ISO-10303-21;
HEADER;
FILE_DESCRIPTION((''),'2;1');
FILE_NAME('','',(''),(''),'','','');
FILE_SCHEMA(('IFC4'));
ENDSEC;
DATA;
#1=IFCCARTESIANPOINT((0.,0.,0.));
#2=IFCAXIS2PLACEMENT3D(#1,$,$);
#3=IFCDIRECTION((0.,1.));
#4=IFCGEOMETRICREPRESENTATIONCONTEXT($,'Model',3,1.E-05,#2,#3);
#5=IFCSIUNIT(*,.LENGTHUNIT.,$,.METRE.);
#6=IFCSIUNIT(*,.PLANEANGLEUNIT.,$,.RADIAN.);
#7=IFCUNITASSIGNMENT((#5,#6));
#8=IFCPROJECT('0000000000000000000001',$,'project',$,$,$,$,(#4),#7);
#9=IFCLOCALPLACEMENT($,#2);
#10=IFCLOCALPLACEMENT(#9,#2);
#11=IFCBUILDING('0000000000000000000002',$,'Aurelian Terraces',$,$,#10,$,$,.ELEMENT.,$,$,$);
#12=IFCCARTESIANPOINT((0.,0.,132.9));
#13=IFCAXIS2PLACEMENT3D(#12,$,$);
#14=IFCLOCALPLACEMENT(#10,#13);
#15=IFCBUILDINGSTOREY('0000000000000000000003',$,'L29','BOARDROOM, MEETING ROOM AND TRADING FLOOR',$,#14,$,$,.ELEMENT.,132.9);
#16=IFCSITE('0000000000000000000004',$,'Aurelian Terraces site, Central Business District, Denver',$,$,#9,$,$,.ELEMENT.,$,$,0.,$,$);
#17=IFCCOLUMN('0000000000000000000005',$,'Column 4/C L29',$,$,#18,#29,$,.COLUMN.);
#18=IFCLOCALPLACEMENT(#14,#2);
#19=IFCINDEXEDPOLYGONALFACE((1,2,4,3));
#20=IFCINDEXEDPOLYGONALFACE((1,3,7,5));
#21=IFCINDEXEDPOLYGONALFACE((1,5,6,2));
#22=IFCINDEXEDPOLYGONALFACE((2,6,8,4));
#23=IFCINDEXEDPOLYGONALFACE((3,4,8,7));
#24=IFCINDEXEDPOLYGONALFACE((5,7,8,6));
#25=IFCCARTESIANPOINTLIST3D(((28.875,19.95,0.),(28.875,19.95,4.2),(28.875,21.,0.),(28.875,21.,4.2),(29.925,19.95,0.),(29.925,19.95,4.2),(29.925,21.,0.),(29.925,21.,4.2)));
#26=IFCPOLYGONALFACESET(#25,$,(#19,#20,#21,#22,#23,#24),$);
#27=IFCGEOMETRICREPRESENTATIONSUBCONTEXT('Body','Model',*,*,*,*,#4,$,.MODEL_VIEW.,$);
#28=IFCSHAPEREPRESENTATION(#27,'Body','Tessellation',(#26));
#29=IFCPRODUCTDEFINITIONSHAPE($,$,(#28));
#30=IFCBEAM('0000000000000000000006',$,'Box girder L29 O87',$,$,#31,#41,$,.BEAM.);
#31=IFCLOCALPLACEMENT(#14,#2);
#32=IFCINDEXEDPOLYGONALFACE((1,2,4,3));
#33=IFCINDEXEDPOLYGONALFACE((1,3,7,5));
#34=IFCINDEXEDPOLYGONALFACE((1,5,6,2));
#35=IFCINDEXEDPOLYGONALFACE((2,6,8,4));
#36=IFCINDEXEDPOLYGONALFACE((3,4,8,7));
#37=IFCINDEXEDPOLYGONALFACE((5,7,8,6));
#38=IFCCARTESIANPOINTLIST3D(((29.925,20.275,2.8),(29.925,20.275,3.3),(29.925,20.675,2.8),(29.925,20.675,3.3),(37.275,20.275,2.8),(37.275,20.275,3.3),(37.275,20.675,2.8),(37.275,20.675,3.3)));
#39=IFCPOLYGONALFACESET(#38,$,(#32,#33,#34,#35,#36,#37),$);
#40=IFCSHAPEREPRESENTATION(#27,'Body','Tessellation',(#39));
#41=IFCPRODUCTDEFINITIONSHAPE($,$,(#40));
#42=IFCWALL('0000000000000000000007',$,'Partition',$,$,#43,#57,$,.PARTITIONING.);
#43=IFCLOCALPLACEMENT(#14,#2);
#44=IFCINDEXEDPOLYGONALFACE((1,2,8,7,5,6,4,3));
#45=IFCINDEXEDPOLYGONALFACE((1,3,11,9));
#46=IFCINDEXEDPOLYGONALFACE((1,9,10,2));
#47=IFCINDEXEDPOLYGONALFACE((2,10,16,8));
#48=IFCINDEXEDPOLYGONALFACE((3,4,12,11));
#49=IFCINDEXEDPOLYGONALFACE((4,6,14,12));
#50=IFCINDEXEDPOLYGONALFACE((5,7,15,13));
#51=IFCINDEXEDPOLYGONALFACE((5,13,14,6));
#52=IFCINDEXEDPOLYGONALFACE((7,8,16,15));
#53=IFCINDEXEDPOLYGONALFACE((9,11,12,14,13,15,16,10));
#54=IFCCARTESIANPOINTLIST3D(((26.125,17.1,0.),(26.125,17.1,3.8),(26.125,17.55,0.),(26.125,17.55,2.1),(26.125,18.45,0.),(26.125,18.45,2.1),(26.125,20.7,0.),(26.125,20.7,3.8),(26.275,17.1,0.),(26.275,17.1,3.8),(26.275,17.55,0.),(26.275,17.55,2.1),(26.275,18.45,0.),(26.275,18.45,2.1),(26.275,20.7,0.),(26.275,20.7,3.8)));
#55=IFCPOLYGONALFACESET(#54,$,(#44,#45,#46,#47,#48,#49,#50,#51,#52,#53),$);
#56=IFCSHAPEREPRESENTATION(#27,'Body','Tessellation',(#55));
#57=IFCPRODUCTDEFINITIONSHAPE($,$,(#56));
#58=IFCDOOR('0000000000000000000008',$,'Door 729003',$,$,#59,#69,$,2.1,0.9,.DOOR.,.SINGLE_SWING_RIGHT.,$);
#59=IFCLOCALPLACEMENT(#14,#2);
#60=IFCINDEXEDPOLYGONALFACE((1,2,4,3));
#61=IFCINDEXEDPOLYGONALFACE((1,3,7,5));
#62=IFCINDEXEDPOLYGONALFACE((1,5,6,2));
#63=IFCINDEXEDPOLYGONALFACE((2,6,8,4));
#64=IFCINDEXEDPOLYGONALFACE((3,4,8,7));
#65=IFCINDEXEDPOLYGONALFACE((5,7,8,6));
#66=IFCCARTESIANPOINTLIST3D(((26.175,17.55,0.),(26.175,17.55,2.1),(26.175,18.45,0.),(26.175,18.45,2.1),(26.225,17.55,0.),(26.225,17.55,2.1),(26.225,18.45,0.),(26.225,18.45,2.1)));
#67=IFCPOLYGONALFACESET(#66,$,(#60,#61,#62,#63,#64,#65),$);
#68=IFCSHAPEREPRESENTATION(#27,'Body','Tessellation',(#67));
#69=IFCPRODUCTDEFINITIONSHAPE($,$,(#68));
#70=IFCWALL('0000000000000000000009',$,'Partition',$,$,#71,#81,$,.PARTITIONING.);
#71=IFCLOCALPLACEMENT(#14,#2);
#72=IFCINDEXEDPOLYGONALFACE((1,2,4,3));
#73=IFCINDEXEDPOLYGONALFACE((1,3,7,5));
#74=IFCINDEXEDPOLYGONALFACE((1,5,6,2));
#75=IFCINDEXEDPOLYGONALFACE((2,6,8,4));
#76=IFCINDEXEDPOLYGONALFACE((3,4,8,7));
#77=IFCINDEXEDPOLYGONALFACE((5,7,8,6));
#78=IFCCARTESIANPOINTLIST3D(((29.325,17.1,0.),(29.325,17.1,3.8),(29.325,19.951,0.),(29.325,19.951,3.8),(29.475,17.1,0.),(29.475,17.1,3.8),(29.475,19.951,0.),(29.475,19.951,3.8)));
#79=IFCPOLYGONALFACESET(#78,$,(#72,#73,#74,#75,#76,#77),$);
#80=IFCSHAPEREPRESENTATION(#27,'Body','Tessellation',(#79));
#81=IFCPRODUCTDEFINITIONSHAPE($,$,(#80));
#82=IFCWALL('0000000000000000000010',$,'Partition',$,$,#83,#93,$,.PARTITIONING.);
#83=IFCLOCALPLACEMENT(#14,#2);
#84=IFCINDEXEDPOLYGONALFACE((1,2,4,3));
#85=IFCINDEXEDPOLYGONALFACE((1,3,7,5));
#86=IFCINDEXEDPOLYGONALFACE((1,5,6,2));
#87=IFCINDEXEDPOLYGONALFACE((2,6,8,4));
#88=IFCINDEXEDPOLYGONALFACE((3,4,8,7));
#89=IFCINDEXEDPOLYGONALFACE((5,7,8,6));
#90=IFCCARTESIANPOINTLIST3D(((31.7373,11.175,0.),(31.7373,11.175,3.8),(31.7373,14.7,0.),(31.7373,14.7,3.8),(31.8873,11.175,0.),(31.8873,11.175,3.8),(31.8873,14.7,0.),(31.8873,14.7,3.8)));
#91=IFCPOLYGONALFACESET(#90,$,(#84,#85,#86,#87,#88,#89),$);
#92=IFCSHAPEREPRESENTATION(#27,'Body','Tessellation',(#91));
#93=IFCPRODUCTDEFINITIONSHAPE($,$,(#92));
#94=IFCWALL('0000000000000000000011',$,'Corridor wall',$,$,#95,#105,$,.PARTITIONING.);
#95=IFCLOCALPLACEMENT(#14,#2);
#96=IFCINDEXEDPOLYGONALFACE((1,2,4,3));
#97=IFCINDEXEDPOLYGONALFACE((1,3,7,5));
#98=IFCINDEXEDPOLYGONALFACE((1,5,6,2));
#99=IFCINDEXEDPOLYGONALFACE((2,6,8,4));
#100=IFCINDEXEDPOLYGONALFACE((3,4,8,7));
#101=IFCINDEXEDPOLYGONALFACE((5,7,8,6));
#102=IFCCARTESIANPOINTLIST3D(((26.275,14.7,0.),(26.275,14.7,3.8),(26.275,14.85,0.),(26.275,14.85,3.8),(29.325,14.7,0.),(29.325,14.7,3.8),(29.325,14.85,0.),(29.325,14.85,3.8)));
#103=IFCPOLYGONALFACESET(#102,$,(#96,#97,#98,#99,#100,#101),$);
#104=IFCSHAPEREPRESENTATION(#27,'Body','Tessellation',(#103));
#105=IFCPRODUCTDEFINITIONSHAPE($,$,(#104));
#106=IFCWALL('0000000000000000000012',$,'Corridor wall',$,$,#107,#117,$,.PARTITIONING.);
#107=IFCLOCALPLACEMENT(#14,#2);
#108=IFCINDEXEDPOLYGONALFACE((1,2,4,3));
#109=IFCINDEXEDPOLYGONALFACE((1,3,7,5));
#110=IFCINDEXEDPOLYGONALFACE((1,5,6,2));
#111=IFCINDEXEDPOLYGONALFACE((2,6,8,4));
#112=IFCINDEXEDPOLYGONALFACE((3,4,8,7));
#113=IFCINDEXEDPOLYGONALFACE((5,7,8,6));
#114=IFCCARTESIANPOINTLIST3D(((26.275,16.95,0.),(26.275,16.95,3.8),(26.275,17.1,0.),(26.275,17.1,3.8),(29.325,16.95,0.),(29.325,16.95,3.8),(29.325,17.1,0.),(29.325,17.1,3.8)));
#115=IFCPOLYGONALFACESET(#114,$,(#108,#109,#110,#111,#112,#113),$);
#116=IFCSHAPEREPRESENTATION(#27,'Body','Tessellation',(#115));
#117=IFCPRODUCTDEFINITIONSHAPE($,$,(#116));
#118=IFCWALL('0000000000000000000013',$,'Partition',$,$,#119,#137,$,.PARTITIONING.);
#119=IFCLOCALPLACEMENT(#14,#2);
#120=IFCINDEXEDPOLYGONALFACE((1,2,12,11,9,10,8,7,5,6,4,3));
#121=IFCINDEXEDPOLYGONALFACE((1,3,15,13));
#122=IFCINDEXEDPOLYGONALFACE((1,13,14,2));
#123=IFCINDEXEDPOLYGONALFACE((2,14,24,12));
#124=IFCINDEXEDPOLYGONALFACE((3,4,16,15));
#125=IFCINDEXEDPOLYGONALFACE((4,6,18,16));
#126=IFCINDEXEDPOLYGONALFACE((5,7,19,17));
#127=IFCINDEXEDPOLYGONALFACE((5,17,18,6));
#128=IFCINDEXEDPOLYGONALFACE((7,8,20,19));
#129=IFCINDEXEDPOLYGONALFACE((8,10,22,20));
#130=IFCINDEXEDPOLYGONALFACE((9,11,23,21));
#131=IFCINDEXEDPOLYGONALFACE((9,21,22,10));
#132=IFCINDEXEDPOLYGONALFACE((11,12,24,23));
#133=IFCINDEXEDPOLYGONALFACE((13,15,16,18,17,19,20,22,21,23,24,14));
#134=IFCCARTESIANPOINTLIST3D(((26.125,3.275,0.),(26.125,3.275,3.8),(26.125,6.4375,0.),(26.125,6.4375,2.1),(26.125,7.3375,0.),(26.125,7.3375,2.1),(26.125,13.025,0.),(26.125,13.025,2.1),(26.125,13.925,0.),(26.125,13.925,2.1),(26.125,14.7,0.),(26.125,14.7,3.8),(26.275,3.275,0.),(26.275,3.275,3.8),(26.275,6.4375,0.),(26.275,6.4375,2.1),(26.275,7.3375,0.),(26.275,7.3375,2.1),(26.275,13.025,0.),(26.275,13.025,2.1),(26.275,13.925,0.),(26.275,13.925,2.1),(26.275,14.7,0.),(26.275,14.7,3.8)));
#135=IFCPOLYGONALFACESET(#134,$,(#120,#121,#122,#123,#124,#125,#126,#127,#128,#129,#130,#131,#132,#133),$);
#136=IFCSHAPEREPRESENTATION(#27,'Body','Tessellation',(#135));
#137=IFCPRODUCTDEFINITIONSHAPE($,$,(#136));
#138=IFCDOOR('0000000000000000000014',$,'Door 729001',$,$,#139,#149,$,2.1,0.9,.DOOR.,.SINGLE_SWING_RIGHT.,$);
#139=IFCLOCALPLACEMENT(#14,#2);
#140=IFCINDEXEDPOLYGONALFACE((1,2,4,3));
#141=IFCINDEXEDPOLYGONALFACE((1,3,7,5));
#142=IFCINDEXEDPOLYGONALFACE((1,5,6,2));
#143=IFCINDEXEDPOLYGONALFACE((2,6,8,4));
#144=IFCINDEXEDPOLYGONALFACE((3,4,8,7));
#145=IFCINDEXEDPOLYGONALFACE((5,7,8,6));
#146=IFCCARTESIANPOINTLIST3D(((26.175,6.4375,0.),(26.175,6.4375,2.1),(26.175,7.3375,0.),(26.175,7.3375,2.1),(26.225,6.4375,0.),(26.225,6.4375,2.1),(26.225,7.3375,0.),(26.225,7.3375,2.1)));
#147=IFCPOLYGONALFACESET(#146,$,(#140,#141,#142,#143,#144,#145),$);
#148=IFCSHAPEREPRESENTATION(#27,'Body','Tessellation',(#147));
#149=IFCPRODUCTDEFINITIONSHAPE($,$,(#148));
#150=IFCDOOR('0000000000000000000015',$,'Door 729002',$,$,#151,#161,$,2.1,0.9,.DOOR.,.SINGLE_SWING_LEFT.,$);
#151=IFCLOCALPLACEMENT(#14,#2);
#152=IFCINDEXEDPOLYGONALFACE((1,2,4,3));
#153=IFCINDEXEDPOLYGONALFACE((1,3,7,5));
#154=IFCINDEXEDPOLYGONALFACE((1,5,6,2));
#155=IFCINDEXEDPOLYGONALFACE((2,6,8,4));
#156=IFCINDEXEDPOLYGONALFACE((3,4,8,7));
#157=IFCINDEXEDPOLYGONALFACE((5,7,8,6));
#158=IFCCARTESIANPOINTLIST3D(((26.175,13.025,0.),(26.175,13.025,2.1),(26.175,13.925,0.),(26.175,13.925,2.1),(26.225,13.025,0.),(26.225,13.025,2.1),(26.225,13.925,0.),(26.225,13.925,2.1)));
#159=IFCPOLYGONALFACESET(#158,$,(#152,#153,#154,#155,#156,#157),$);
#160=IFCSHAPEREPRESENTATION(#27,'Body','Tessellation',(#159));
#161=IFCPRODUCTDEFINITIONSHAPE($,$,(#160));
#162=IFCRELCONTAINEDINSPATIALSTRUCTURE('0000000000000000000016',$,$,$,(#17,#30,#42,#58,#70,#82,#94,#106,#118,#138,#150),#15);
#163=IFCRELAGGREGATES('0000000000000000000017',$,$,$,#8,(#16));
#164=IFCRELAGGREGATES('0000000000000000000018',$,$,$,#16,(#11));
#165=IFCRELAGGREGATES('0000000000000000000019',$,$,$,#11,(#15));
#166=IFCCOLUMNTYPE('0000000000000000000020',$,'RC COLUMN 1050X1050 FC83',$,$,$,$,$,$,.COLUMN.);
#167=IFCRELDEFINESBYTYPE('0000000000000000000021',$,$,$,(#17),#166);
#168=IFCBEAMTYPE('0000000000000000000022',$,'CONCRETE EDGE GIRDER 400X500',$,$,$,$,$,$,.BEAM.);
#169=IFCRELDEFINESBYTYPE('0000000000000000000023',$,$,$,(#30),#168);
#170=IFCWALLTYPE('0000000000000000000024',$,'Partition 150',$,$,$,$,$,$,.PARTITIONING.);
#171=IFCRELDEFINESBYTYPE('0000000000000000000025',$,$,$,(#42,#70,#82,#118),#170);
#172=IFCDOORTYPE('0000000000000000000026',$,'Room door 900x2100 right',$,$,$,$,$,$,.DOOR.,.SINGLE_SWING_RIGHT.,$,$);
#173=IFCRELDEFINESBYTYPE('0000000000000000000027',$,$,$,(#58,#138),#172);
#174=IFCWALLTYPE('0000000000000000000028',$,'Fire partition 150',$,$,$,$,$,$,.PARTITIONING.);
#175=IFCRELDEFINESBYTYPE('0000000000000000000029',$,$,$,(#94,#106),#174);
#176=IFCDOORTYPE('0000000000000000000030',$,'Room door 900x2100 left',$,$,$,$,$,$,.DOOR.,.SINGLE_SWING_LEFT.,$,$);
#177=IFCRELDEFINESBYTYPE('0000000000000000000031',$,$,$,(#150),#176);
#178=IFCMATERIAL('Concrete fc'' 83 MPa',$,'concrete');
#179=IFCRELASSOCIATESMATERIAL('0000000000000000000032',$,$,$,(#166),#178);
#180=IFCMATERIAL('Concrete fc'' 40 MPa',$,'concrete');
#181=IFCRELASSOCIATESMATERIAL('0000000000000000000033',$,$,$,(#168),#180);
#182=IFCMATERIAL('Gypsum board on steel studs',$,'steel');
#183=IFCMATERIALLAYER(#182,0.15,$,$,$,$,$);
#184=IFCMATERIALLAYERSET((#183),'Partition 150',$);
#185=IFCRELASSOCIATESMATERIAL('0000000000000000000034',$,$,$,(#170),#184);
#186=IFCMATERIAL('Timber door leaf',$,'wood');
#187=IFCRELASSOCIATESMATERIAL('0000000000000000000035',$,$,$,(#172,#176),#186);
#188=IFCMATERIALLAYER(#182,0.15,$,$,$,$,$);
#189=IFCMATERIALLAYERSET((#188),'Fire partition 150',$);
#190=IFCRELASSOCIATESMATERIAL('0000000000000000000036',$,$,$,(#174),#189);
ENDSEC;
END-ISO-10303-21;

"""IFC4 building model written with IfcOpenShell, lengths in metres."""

from ifc_helpers import new_model, si_unit, direction, frame, frame_2d, origin, origin_2d, place, context, subcontext, project, spatial, rectangle, extrude, source, transform, mapped, material, layer, layer_set, material_profile, profile_set, type_object, element, fill, save


model = new_model("IFC4")

# Units and contexts
model_context = context("Model", 3, precision=1e-05, world=origin(), true_north=direction((0.0, 1.0)))
body_context = subcontext(model_context, "Body", "Model", "MODEL_VIEW")
ifc_project = project(units=[si_unit("LENGTHUNIT", "METRE"), si_unit("PLANEANGLEUNIT", "RADIAN")], contexts=[model_context])

# Site, building, storey
site_placement = place(None, origin())
site = spatial("IfcSite", under=ifc_project, at=site_placement, Name="Aurelian Terraces site, Central Business District, Denver", CompositionType="ELEMENT", RefElevation=0.0)
building_placement = place(site_placement, origin())
building = spatial("IfcBuilding", under=site, at=building_placement, Name="Aurelian Terraces", CompositionType="ELEMENT")
storey_placement = place(building_placement, frame((0.0, 0.0, 132.9)))
storey = spatial("IfcBuildingStorey", under=building, at=storey_placement, Name="L29", Description="BOARDROOM, MEETING ROOM AND TRADING FLOOR", CompositionType="ELEMENT", Elevation=132.9)

# Column
ifc_material_1 = material(Name="Concrete fc' 83 MPa", Category="concrete")
ifc_material_profile_1 = material_profile(ifc_material_1, rectangle(XDim=1.05, YDim=1.05, at=origin_2d()))
ifc_profile_set_1 = profile_set([ifc_material_profile_1], Name="Concrete fc' 83 MPa")
column_type = type_object("IfcColumnType", Name="RC COLUMN 1050X1050 FC83", PredefinedType="COLUMN", material=ifc_profile_set_1)
shared_shape_1 = source(origin(), body_context, "Body", "SweptSolid", [
    extrude(rectangle(XDim=1.05, YDim=1.05, at=origin_2d()), origin(), (0.0, 0.0, 1.0), 4.2),
])
column_placement = place(storey_placement, frame((29.4, 20.475, 0.0), z_axis=(0.0, 0.0, 1.0), x_axis=(1.0, 0.0, 0.0)))
element("IfcColumn", 1, at=column_placement, inside=storey, type_object=column_type, Name="Column 4/C L29", PredefinedType="COLUMN", context=body_context, shape_type="MappedRepresentation", body=[
    mapped(shared_shape_1, transform((0.0, 0.0, 0.0), scale=1.0)),
])

# Beam
ifc_material_2 = material(Name="Concrete fc' 40 MPa", Category="concrete")
ifc_material_profile_2 = material_profile(ifc_material_2, rectangle(XDim=0.4, YDim=0.5, at=origin_2d()))
ifc_profile_set_2 = profile_set([ifc_material_profile_2], Name="Concrete fc' 40 MPa")
beam_type = type_object("IfcBeamType", Name="CONCRETE EDGE GIRDER 400X500", PredefinedType="BEAM", material=ifc_profile_set_2)
shared_shape_2 = source(origin(), body_context, "Body", "SweptSolid", [
    extrude(rectangle(XDim=0.4, YDim=0.5, at=origin_2d()), origin(), (0.0, 0.0, 1.0), 7.35),
])
beam_placement = place(storey_placement, frame((29.925, 20.475, 3.05), z_axis=(1.0, 0.0, 0.0), x_axis=(0.0, 1.0, 0.0)))
element("IfcBeam", 2, at=beam_placement, inside=storey, type_object=beam_type, Name="Box girder L29 O87", PredefinedType="BEAM", context=body_context, shape_type="MappedRepresentation", body=[
    mapped(shared_shape_2, transform((0.0, 0.0, 0.0), scale=1.0)),
])

# Wall, opening, door
ifc_material_3 = material(Name="Gypsum board on steel studs", Category="steel")
ifc_layer_1 = layer(ifc_material_3, 0.15)
ifc_layer_set_1 = layer_set([ifc_layer_1], Name="Partition 150")
wall_type_1 = type_object("IfcWallType", Name="Partition 150", PredefinedType="PARTITIONING", material=ifc_layer_set_1)
shared_shape_3 = source(origin(), body_context, "Body", "SweptSolid", [
    extrude(rectangle(XDim=3.6, YDim=0.15, at=frame_2d((1.8, 0.0))), origin(), (0.0, 0.0, 1.0), 3.8),
])
wall_1_placement = place(storey_placement, frame((26.2, 20.7, 0.0), z_axis=(0.0, 0.0, 1.0), x_axis=(0.0, -1.0, 0.0)))
wall_1 = element("IfcWall", 3, at=wall_1_placement, inside=storey, type_object=wall_type_1, Name="Partition", PredefinedType="PARTITIONING", context=body_context, shape_type="MappedRepresentation", body=[
    mapped(shared_shape_3, transform((0.0, 0.0, 0.0), scale=1.0)),
])
shared_shape_4 = source(origin(), body_context, "Body", "SweptSolid", [
    extrude(rectangle(XDim=0.9, YDim=2.1, at=frame_2d((0.45, 1.05))), frame((0.0, 0.085, 0.0), z_axis=(0.0, -1.0, 0.0), x_axis=(1.0, 0.0, 0.0)), (0.0, 0.0, 1.0), 0.17),
])
opening_1_placement = place(wall_1_placement, frame((2.25, 0.0, 0.0)))
opening_1 = element("IfcOpeningElement", 4, at=opening_1_placement, cuts=wall_1, PredefinedType="OPENING", context=body_context, shape_type="MappedRepresentation", body=[
    mapped(shared_shape_4, transform((0.0, 0.0, 0.0), scale=1.0)),
])
ifc_material_4 = material(Name="Timber door leaf", Category="wood")
door_type_1 = type_object("IfcDoorType", Name="Room door 900x2100 right", OperationType="SINGLE_SWING_RIGHT", PredefinedType="DOOR", material=ifc_material_4)
shared_shape_5 = source(origin(), body_context, "Body", "SweptSolid", [
    extrude(rectangle(XDim=0.9, YDim=2.1, at=frame_2d((0.45, 1.05))), frame((0.0, 0.025, 0.0), z_axis=(0.0, -1.0, 0.0), x_axis=(1.0, 0.0, 0.0)), (0.0, 0.0, 1.0), 0.05),
])
door_1_placement = place(opening_1_placement, origin())
door_1 = element("IfcDoor", 5, at=door_1_placement, inside=storey, type_object=door_type_1, Name="Door 729003", OperationType="SINGLE_SWING_RIGHT", OverallHeight=2.1, OverallWidth=0.9, PredefinedType="DOOR", context=body_context, shape_type="MappedRepresentation", body=[
    mapped(shared_shape_5, transform((0.0, 0.0, 0.0), scale=1.0)),
])
fill(opening_1, door_1)

# Shared definitions
ifc_layer_2 = layer(ifc_material_3, 0.15)
ifc_layer_set_2 = layer_set([ifc_layer_2], Name="Fire partition 150")
wall_type_2 = type_object("IfcWallType", Name="Fire partition 150", PredefinedType="PARTITIONING", material=ifc_layer_set_2)
door_type_2 = type_object("IfcDoorType", Name="Room door 900x2100 left", OperationType="SINGLE_SWING_LEFT", PredefinedType="DOOR", material=ifc_material_4)

# Walls
shared_shape_6 = source(origin(), body_context, "Body", "SweptSolid", [
    extrude(rectangle(XDim=2.851, YDim=0.15, at=frame_2d((1.4255, 0.0))), origin(), (0.0, 0.0, 1.0), 3.8),
])
wall_2_placement = place(storey_placement, frame((29.4, 17.1, 0.0), z_axis=(0.0, 0.0, 1.0), x_axis=(0.0, 1.0, 0.0)))
element("IfcWall", 6, at=wall_2_placement, inside=storey, type_object=wall_type_1, Name="Partition", PredefinedType="PARTITIONING", context=body_context, shape_type="MappedRepresentation", body=[
    mapped(shared_shape_6, transform((0.0, 0.0, 0.0), scale=1.0)),
])
shared_shape_7 = source(origin(), body_context, "Body", "SweptSolid", [
    extrude(rectangle(XDim=3.525, YDim=0.15, at=frame_2d((1.7625, 0.0))), origin(), (0.0, 0.0, 1.0), 3.8),
])
wall_3_placement = place(storey_placement, frame((31.8123, 11.175, 0.0), z_axis=(0.0, 0.0, 1.0), x_axis=(0.0, 1.0, 0.0)))
element("IfcWall", 7, at=wall_3_placement, inside=storey, type_object=wall_type_1, Name="Partition", PredefinedType="PARTITIONING", context=body_context, shape_type="MappedRepresentation", body=[
    mapped(shared_shape_7, transform((0.0, 0.0, 0.0), scale=1.0)),
])
shared_shape_8 = source(origin(), body_context, "Body", "SweptSolid", [
    extrude(rectangle(XDim=3.05, YDim=0.15, at=frame_2d((1.525, 0.0))), origin(), (0.0, 0.0, 1.0), 3.8),
])
for number, where, z_axis, x_axis, name in (
    (8, (29.325, 14.775, 0.0), (0.0, 0.0, 1.0), (-1.0, 0.0, 0.0), "Corridor wall"),
    (9, (26.275, 17.025, 0.0), (0.0, 0.0, 1.0), (1.0, 0.0, 0.0), "Corridor wall"),
):
    element("IfcWall", number, at=place(storey_placement, frame(where, z_axis=z_axis, x_axis=x_axis)), inside=storey, type_object=wall_type_2, Name=name, PredefinedType="PARTITIONING", context=body_context, shape_type="MappedRepresentation", body=[
        mapped(shared_shape_8, transform((0.0, 0.0, 0.0), scale=1.0)),
    ])

# Wall, openings, doors
shared_shape_9 = source(origin(), body_context, "Body", "SweptSolid", [
    extrude(rectangle(XDim=11.425, YDim=0.15, at=frame_2d((5.7125, 0.0))), origin(), (0.0, 0.0, 1.0), 3.8),
])
wall_4_placement = place(storey_placement, frame((26.2, 14.7, 0.0), z_axis=(0.0, 0.0, 1.0), x_axis=(0.0, -1.0, 0.0)))
wall_4 = element("IfcWall", 10, at=wall_4_placement, inside=storey, type_object=wall_type_1, Name="Partition", PredefinedType="PARTITIONING", context=body_context, shape_type="MappedRepresentation", body=[
    mapped(shared_shape_9, transform((0.0, 0.0, 0.0), scale=1.0)),
])
opening_2_placement = place(wall_4_placement, frame((7.3625, 0.0, 0.0)))
opening_2 = element("IfcOpeningElement", 11, at=opening_2_placement, cuts=wall_4, PredefinedType="OPENING", context=body_context, shape_type="MappedRepresentation", body=[
    mapped(shared_shape_4, transform((0.0, 0.0, 0.0), scale=1.0)),
])
opening_3_placement = place(wall_4_placement, frame((0.775, 0.0, 0.0)))
opening_3 = element("IfcOpeningElement", 12, at=opening_3_placement, cuts=wall_4, PredefinedType="OPENING", context=body_context, shape_type="MappedRepresentation", body=[
    mapped(shared_shape_4, transform((0.0, 0.0, 0.0), scale=1.0)),
])
door_2_placement = place(opening_2_placement, origin())
door_2 = element("IfcDoor", 13, at=door_2_placement, inside=storey, type_object=door_type_1, Name="Door 729001", OperationType="SINGLE_SWING_RIGHT", OverallHeight=2.1, OverallWidth=0.9, PredefinedType="DOOR", context=body_context, shape_type="MappedRepresentation", body=[
    mapped(shared_shape_5, transform((0.0, 0.0, 0.0), scale=1.0)),
])
fill(opening_2, door_2)
door_3_placement = place(opening_3_placement, origin())
door_3 = element("IfcDoor", 14, at=door_3_placement, inside=storey, type_object=door_type_2, Name="Door 729002", OperationType="SINGLE_SWING_LEFT", OverallHeight=2.1, OverallWidth=0.9, PredefinedType="DOOR", context=body_context, shape_type="MappedRepresentation", body=[
    mapped(shared_shape_5, transform((0.0, 0.0, 0.0), scale=1.0)),
])
fill(opening_3, door_3)

save(model, "model.ifc")
